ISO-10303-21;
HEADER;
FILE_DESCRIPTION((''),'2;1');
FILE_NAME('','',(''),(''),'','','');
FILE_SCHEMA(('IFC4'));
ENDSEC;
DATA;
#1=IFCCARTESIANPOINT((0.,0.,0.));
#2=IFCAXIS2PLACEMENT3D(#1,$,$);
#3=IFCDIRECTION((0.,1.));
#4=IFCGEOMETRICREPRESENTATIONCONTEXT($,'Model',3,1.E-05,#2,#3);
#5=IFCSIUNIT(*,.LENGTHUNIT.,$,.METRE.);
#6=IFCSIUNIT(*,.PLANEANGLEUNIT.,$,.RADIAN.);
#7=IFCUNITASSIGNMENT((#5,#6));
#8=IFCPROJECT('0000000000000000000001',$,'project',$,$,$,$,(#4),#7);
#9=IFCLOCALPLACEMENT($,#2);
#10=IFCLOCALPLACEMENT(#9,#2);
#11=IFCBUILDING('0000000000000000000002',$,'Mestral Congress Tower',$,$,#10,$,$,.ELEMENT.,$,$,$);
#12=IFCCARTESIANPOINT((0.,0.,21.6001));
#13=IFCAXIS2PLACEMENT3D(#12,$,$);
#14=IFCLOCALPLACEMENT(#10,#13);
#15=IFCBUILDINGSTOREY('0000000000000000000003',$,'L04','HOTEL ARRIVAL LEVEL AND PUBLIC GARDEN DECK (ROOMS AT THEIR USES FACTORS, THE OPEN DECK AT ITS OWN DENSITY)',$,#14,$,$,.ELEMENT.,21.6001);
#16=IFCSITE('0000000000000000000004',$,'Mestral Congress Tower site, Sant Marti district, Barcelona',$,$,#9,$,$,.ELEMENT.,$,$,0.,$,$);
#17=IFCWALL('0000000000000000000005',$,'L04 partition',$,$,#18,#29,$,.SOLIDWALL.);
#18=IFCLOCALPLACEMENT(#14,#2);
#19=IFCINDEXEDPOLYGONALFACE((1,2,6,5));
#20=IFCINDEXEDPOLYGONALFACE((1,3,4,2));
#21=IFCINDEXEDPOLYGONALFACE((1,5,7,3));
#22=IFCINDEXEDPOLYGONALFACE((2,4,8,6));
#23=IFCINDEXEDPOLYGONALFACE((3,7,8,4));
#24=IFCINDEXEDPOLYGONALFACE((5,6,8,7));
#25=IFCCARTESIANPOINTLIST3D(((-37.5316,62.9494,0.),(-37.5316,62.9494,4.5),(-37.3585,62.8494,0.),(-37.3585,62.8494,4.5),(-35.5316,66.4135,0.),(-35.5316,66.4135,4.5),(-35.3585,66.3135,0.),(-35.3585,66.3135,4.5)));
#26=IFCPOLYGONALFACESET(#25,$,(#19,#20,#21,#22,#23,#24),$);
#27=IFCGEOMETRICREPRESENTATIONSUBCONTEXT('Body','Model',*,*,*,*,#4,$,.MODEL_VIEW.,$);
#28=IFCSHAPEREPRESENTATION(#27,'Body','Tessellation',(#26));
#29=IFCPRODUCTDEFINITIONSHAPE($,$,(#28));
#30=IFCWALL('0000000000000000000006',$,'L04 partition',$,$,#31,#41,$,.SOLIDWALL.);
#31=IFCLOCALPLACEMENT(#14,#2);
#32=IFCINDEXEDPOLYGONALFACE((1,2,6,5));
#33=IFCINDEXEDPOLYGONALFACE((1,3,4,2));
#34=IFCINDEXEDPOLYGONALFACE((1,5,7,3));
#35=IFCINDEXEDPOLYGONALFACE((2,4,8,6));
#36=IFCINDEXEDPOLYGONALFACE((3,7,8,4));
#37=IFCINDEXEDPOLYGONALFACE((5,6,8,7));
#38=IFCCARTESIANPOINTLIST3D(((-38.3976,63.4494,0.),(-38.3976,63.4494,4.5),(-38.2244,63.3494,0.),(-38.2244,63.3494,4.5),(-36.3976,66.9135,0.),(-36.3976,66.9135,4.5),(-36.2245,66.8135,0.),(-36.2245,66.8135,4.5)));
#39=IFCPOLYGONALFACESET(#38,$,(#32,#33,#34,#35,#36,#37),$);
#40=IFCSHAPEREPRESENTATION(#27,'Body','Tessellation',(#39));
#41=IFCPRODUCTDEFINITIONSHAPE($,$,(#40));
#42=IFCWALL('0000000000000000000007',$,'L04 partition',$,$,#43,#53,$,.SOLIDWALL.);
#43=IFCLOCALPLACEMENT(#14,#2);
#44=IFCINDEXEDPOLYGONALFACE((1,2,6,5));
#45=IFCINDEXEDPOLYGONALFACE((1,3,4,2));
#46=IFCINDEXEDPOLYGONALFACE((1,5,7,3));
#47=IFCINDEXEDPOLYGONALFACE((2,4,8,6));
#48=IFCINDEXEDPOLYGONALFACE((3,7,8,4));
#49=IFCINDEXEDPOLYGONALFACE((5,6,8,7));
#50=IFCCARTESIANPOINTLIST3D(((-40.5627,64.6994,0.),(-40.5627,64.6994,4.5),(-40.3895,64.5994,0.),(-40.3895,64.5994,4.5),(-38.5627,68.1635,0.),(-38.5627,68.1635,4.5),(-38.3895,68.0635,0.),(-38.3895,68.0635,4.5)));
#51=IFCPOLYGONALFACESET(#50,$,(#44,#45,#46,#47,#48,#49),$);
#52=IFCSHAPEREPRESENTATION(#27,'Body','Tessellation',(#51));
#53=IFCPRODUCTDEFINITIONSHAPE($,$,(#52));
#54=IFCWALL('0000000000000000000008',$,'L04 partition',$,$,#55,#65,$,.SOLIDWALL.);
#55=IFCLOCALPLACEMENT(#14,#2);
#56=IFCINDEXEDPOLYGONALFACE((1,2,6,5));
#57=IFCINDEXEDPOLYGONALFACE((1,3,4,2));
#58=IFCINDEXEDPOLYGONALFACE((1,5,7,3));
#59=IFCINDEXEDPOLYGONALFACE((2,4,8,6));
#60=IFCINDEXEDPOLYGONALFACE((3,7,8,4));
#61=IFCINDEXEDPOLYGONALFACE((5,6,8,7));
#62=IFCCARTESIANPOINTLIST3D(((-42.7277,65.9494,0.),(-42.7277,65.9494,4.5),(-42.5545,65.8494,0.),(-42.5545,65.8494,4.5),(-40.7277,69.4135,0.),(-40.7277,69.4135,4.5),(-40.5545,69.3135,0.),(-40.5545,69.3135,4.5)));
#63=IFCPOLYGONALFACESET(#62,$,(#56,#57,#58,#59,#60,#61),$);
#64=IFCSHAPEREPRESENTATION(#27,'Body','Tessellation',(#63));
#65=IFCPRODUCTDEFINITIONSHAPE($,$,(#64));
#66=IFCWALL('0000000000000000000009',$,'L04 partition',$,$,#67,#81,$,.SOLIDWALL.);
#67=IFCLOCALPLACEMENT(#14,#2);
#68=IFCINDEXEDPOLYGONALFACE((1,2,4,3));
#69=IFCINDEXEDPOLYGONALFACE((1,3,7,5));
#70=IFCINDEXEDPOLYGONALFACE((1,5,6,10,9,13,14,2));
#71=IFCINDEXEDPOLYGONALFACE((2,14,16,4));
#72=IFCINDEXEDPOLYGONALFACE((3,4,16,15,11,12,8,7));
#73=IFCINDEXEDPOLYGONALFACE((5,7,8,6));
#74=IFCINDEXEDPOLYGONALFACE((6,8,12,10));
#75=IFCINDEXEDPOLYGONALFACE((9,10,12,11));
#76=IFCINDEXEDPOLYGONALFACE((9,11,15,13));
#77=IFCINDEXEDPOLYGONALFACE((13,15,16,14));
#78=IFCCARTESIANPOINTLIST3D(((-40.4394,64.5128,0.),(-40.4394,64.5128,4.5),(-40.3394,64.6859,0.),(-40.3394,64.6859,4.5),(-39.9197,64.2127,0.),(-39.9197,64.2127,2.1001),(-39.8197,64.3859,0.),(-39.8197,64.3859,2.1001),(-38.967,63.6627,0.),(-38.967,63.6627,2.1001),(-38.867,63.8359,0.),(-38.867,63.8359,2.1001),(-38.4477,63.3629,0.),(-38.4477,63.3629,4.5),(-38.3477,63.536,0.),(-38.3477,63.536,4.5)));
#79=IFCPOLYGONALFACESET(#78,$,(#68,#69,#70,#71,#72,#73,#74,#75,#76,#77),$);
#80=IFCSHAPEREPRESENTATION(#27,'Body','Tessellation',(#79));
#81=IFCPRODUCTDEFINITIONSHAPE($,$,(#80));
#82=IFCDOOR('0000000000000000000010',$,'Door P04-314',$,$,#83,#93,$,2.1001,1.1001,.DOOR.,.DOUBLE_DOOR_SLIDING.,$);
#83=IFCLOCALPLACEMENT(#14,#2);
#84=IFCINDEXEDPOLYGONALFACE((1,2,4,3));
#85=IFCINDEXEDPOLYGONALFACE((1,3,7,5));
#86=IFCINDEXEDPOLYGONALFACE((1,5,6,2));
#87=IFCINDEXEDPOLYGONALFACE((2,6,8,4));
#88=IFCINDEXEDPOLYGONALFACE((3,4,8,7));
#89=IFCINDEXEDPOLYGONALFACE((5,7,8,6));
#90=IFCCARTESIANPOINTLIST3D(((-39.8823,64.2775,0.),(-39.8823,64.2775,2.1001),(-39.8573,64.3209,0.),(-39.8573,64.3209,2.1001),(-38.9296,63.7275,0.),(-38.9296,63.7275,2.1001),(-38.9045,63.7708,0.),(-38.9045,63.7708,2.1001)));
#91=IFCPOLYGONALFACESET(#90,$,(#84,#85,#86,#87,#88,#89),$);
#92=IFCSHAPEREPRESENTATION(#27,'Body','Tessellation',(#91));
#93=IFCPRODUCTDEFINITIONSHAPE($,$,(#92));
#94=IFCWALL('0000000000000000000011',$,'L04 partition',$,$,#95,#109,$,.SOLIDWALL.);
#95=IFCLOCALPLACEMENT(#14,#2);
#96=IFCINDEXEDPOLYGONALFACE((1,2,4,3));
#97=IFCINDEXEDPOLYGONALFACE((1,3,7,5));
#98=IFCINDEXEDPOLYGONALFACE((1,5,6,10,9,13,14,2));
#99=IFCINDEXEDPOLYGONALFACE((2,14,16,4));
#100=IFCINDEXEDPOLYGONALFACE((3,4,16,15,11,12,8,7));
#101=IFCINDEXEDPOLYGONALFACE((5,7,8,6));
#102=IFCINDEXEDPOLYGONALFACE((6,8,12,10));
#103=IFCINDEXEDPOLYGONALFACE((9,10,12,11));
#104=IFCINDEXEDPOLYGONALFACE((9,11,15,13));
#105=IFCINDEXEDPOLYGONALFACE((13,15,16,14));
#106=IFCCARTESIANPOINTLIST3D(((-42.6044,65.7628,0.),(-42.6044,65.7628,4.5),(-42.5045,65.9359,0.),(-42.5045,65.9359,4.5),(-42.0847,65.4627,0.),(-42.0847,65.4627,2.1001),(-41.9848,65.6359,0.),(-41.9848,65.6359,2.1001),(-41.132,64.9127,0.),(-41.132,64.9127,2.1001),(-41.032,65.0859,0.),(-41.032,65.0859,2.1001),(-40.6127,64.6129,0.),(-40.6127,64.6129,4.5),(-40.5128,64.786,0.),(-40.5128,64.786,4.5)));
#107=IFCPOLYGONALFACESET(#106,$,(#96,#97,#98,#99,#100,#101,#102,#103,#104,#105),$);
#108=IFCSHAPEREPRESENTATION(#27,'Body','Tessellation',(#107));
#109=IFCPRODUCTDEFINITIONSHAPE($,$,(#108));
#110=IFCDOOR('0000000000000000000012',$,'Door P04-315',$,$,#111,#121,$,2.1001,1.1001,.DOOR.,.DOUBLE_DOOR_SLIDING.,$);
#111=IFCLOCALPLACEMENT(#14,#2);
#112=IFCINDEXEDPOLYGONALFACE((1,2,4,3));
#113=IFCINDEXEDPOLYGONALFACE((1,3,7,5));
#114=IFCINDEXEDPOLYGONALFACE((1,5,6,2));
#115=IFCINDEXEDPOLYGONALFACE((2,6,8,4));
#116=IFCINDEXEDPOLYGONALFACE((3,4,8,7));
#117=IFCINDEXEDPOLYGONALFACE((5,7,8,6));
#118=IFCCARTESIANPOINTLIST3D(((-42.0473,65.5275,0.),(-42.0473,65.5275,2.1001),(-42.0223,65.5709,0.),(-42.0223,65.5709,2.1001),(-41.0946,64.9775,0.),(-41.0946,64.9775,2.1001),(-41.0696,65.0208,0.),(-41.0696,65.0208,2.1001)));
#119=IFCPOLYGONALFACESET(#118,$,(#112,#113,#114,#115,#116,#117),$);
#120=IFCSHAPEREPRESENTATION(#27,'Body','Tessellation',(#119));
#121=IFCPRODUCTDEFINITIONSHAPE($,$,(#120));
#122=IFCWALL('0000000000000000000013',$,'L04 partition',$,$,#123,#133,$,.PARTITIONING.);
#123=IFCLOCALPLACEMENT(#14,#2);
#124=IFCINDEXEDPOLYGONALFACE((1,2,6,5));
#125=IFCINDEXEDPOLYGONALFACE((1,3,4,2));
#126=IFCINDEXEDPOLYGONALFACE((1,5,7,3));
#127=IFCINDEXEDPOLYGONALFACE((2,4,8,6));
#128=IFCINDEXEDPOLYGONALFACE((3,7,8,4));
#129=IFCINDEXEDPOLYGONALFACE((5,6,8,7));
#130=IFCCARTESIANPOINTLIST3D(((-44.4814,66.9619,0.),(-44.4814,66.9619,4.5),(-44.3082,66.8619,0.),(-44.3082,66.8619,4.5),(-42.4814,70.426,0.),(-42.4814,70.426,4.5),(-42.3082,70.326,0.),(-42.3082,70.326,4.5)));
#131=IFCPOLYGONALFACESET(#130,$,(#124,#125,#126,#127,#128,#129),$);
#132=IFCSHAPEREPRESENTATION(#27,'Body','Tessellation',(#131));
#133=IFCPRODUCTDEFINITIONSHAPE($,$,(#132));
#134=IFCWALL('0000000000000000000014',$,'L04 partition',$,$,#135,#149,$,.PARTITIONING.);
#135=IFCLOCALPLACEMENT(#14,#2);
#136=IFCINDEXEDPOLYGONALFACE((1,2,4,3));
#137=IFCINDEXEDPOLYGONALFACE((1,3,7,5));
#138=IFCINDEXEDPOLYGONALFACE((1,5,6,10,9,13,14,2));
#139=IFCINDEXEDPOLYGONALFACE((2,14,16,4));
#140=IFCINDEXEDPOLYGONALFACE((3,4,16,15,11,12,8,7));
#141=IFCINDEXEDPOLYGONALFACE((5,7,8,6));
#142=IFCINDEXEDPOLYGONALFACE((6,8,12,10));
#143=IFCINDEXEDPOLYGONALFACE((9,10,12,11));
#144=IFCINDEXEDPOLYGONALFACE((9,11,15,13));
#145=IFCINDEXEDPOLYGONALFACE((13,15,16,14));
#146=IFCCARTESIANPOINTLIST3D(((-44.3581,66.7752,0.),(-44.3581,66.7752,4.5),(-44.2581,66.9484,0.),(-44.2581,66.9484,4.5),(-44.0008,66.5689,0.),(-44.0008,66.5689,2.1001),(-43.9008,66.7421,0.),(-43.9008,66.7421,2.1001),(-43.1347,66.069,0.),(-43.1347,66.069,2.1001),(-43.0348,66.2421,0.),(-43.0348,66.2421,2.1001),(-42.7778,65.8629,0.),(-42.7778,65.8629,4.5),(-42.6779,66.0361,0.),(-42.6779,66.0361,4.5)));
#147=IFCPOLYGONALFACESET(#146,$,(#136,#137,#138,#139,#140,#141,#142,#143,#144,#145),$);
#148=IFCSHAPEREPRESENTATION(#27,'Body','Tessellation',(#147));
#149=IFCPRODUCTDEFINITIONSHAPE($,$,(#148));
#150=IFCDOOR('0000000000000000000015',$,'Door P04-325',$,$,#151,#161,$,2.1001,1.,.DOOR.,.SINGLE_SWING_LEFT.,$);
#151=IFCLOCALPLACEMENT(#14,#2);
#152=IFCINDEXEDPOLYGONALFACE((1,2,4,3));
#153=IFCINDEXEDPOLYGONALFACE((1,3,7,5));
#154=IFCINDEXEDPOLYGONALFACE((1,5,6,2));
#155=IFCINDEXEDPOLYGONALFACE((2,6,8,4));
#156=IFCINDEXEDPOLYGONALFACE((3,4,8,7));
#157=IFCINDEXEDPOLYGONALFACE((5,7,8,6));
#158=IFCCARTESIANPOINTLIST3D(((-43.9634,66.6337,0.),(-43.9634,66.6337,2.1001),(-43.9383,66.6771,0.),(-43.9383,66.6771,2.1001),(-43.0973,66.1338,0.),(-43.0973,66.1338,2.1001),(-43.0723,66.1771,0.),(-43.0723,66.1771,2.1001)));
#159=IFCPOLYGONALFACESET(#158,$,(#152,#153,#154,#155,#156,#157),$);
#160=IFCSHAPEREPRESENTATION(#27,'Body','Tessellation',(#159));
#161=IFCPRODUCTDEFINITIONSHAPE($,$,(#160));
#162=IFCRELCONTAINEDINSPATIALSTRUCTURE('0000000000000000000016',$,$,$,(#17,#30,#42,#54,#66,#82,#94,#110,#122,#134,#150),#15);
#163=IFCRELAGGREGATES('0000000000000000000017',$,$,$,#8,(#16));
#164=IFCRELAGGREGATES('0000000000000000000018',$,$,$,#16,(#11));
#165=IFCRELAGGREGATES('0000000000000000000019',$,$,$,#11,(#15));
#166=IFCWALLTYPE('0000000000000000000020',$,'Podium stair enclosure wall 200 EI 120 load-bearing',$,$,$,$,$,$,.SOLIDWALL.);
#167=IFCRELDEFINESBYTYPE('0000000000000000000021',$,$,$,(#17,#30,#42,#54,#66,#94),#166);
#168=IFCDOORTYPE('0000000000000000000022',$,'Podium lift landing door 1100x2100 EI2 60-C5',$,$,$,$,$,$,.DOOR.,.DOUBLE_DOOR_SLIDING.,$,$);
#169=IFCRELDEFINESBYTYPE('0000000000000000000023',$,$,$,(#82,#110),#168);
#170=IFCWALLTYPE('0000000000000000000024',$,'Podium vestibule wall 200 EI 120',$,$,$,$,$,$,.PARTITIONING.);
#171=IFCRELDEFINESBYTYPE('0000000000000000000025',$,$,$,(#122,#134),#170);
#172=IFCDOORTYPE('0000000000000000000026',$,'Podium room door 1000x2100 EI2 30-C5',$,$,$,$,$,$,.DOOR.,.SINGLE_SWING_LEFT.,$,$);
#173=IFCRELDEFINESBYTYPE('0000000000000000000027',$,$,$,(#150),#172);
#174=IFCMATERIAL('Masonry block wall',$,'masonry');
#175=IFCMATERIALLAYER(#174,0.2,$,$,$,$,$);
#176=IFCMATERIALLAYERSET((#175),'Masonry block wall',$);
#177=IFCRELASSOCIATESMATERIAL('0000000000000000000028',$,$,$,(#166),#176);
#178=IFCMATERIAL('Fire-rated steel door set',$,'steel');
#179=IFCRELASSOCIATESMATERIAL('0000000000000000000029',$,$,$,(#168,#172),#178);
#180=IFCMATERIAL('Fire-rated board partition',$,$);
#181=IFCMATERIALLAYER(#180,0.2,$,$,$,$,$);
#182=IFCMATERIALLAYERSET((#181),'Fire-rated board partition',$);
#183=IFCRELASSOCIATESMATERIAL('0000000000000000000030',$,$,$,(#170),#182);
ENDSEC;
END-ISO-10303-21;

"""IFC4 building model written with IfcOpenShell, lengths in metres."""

from ifc_helpers import new_model, si_unit, direction, frame, frame_2d, origin, place, context, subcontext, project, spatial, rectangle, extrude, material, layer, layer_set, type_object, element, fill, save


model = new_model("IFC4")

# Units and contexts
model_context = context("Model", 3, precision=1e-05, world=origin(), true_north=direction((0.0, 1.0)))
body_context = subcontext(model_context, "Body", "Model", "MODEL_VIEW")
ifc_project = project(units=[si_unit("LENGTHUNIT", "METRE"), si_unit("PLANEANGLEUNIT", "RADIAN")], contexts=[model_context])

# Site, building, storey
site_placement = place(None, origin())
site = spatial("IfcSite", under=ifc_project, at=site_placement, Name="Mestral Congress Tower site, Sant Marti district, Barcelona", CompositionType="ELEMENT", RefElevation=0.0)
building_placement = place(site_placement, origin())
building = spatial("IfcBuilding", under=site, at=building_placement, Name="Mestral Congress Tower", CompositionType="ELEMENT")
storey_placement = place(building_placement, frame((0.0, 0.0, 21.6001)))
storey = spatial("IfcBuildingStorey", under=building, at=storey_placement, Name="L04", Description="HOTEL ARRIVAL LEVEL AND PUBLIC GARDEN DECK (ROOMS AT THEIR USES FACTORS, THE OPEN DECK AT ITS OWN DENSITY)", CompositionType="ELEMENT", Elevation=21.6001)

# Walls
ifc_material_1 = material(Name="Masonry block wall", Category="masonry")
ifc_layer_1 = layer(ifc_material_1, 0.2)
ifc_layer_set_1 = layer_set([ifc_layer_1], Name="Masonry block wall")
wall_type_1 = type_object("IfcWallType", Name="Podium stair enclosure wall 200 EI 120 load-bearing", PredefinedType="SOLIDWALL", material=ifc_layer_set_1)
for number, where, z_axis, x_axis, name in (
    (1, (-35.4451, 66.3635, 0.0), (0.0, 0.0, 1.0), (-0.499999, -0.866026, 0.0), "L04 partition"),
    (2, (-36.311, 66.8635, 0.0), (0.0, 0.0, 1.0), (-0.499999, -0.866026, 0.0), "L04 partition"),
    (3, (-38.4761, 68.1135, 0.0), (0.0, 0.0, 1.0), (-0.499999, -0.866026, 0.0), "L04 partition"),
    (4, (-40.6411, 69.3635, 0.0), (0.0, 0.0, 1.0), (-0.499999, -0.866026, 0.0), "L04 partition"),
):
    element("IfcWall", number, at=place(storey_placement, frame(where, z_axis=z_axis, x_axis=x_axis)), inside=storey, type_object=wall_type_1, Name=name, PredefinedType="SOLIDWALL", context=body_context, shape_type="SweptSolid", body=[
        extrude(rectangle(XDim=4.0, YDim=0.2, at=frame_2d((2.0, 0.0))), origin(), (0.0, 0.0, 1.0), 4.5),
    ])

# Walls, openings, doors
wall_1_placement = place(storey_placement, frame((-40.3894, 64.5994, 0.0), z_axis=(0.0, 0.0, 1.0), x_axis=(0.866026, -0.499998, 0.0)))
wall_1 = element("IfcWall", 5, at=wall_1_placement, inside=storey, type_object=wall_type_1, Name="L04 partition", PredefinedType="SOLIDWALL", context=body_context, shape_type="SweptSolid", body=[
    extrude(rectangle(XDim=2.2998, YDim=0.2, at=frame_2d((1.1499, 0.0))), origin(), (0.0, 0.0, 1.0), 4.5),
])
opening_1_placement = place(wall_1_placement, frame((0.6001, 0.0, 0.0)))
opening_1 = element("IfcOpeningElement", 6, at=opening_1_placement, cuts=wall_1, PredefinedType="OPENING", context=body_context, shape_type="SweptSolid", body=[
    extrude(rectangle(XDim=1.1001, YDim=2.1001, at=frame_2d((0.55, 1.05))), frame((0.0, 0.1099, 0.0), z_axis=(0.0, -1.0, 0.0), x_axis=(1.0, 0.0, 0.0)), (0.0, 0.0, 1.0), 0.22),
])
ifc_material_2 = material(Name="Fire-rated steel door set", Category="steel")
door_type_1 = type_object("IfcDoorType", Name="Podium lift landing door 1100x2100 EI2 60-C5", OperationType="DOUBLE_DOOR_SLIDING", PredefinedType="DOOR", material=ifc_material_2)
door_1_placement = place(opening_1_placement, origin())
door_1 = element("IfcDoor", 7, at=door_1_placement, inside=storey, type_object=door_type_1, Name="Door P04-314", OperationType="DOUBLE_DOOR_SLIDING", OverallHeight=2.1001, OverallWidth=1.1001, PredefinedType="DOOR", context=body_context, shape_type="SweptSolid", body=[
    extrude(rectangle(XDim=1.1001, YDim=2.1001, at=frame_2d((0.55, 1.05))), frame((0.0, 0.0249, 0.0), z_axis=(0.0, -1.0, 0.0), x_axis=(1.0, 0.0, 0.0)), (0.0, 0.0, 1.0), 0.05),
])
fill(opening_1, door_1)
wall_2_placement = place(storey_placement, frame((-42.5544, 65.8494, 0.0), z_axis=(0.0, 0.0, 1.0), x_axis=(0.866026, -0.499998, 0.0)))
wall_2 = element("IfcWall", 8, at=wall_2_placement, inside=storey, type_object=wall_type_1, Name="L04 partition", PredefinedType="SOLIDWALL", context=body_context, shape_type="SweptSolid", body=[
    extrude(rectangle(XDim=2.2998, YDim=0.2, at=frame_2d((1.1499, 0.0))), origin(), (0.0, 0.0, 1.0), 4.5),
])
opening_2_placement = place(wall_2_placement, frame((0.6001, 0.0, 0.0)))
opening_2 = element("IfcOpeningElement", 9, at=opening_2_placement, cuts=wall_2, PredefinedType="OPENING", context=body_context, shape_type="SweptSolid", body=[
    extrude(rectangle(XDim=1.1001, YDim=2.1001, at=frame_2d((0.55, 1.05))), frame((0.0, 0.1099, 0.0), z_axis=(0.0, -1.0, 0.0), x_axis=(1.0, 0.0, 0.0)), (0.0, 0.0, 1.0), 0.22),
])
door_2_placement = place(opening_2_placement, origin())
door_2 = element("IfcDoor", 10, at=door_2_placement, inside=storey, type_object=door_type_1, Name="Door P04-315", OperationType="DOUBLE_DOOR_SLIDING", OverallHeight=2.1001, OverallWidth=1.1001, PredefinedType="DOOR", context=body_context, shape_type="SweptSolid", body=[
    extrude(rectangle(XDim=1.1001, YDim=2.1001, at=frame_2d((0.55, 1.05))), frame((0.0, 0.0249, 0.0), z_axis=(0.0, -1.0, 0.0), x_axis=(1.0, 0.0, 0.0)), (0.0, 0.0, 1.0), 0.05),
])
fill(opening_2, door_2)

# Wall
ifc_material_3 = material(Name="Fire-rated board partition")
ifc_layer_2 = layer(ifc_material_3, 0.2)
ifc_layer_set_2 = layer_set([ifc_layer_2], Name="Fire-rated board partition")
wall_type_2 = type_object("IfcWallType", Name="Podium vestibule wall 200 EI 120", PredefinedType="PARTITIONING", material=ifc_layer_set_2)
wall_3_placement = place(storey_placement, frame((-42.3948, 70.376, 0.0), z_axis=(0.0, 0.0, 1.0), x_axis=(-0.499999, -0.866026, 0.0)))
element("IfcWall", 11, at=wall_3_placement, inside=storey, type_object=wall_type_2, Name="L04 partition", PredefinedType="PARTITIONING", context=body_context, shape_type="SweptSolid", body=[
    extrude(rectangle(XDim=4.0, YDim=0.2, at=frame_2d((2.0, 0.0))), origin(), (0.0, 0.0, 1.0), 4.5),
])

# Wall, opening, door
wall_4_placement = place(storey_placement, frame((-44.3081, 66.8618, 0.0), z_axis=(0.0, 0.0, 1.0), x_axis=(0.866036, -0.499981, 0.0)))
wall_4 = element("IfcWall", 12, at=wall_4_placement, inside=storey, type_object=wall_type_2, Name="L04 partition", PredefinedType="PARTITIONING", context=body_context, shape_type="SweptSolid", body=[
    extrude(rectangle(XDim=1.8247, YDim=0.2, at=frame_2d((0.9124, 0.0))), origin(), (0.0, 0.0, 1.0), 4.5),
])
opening_3_placement = place(wall_4_placement, frame((0.4126, 0.0, 0.0)))
opening_3 = element("IfcOpeningElement", 13, at=opening_3_placement, cuts=wall_4, PredefinedType="OPENING", context=body_context, shape_type="SweptSolid", body=[
    extrude(rectangle(XDim=1.0, YDim=2.1001, at=frame_2d((0.5, 1.05))), frame((0.0, 0.1099, 0.0), z_axis=(0.0, -1.0, 0.0), x_axis=(1.0, 0.0, 0.0)), (0.0, 0.0, 1.0), 0.22),
])
door_type_2 = type_object("IfcDoorType", Name="Podium room door 1000x2100 EI2 30-C5", OperationType="SINGLE_SWING_LEFT", PredefinedType="DOOR", material=ifc_material_2)
door_3_placement = place(opening_3_placement, origin())
door_3 = element("IfcDoor", 14, at=door_3_placement, inside=storey, type_object=door_type_2, Name="Door P04-325", OperationType="SINGLE_SWING_LEFT", OverallHeight=2.1001, OverallWidth=1.0, PredefinedType="DOOR", context=body_context, shape_type="SweptSolid", body=[
    extrude(rectangle(XDim=1.0, YDim=2.1001, at=frame_2d((0.5, 1.05))), frame((0.0, 0.0249, 0.0), z_axis=(0.0, -1.0, 0.0), x_axis=(1.0, 0.0, 0.0)), (0.0, 0.0, 1.0), 0.05),
])
fill(opening_3, door_3)

save(model, "model.ifc")
